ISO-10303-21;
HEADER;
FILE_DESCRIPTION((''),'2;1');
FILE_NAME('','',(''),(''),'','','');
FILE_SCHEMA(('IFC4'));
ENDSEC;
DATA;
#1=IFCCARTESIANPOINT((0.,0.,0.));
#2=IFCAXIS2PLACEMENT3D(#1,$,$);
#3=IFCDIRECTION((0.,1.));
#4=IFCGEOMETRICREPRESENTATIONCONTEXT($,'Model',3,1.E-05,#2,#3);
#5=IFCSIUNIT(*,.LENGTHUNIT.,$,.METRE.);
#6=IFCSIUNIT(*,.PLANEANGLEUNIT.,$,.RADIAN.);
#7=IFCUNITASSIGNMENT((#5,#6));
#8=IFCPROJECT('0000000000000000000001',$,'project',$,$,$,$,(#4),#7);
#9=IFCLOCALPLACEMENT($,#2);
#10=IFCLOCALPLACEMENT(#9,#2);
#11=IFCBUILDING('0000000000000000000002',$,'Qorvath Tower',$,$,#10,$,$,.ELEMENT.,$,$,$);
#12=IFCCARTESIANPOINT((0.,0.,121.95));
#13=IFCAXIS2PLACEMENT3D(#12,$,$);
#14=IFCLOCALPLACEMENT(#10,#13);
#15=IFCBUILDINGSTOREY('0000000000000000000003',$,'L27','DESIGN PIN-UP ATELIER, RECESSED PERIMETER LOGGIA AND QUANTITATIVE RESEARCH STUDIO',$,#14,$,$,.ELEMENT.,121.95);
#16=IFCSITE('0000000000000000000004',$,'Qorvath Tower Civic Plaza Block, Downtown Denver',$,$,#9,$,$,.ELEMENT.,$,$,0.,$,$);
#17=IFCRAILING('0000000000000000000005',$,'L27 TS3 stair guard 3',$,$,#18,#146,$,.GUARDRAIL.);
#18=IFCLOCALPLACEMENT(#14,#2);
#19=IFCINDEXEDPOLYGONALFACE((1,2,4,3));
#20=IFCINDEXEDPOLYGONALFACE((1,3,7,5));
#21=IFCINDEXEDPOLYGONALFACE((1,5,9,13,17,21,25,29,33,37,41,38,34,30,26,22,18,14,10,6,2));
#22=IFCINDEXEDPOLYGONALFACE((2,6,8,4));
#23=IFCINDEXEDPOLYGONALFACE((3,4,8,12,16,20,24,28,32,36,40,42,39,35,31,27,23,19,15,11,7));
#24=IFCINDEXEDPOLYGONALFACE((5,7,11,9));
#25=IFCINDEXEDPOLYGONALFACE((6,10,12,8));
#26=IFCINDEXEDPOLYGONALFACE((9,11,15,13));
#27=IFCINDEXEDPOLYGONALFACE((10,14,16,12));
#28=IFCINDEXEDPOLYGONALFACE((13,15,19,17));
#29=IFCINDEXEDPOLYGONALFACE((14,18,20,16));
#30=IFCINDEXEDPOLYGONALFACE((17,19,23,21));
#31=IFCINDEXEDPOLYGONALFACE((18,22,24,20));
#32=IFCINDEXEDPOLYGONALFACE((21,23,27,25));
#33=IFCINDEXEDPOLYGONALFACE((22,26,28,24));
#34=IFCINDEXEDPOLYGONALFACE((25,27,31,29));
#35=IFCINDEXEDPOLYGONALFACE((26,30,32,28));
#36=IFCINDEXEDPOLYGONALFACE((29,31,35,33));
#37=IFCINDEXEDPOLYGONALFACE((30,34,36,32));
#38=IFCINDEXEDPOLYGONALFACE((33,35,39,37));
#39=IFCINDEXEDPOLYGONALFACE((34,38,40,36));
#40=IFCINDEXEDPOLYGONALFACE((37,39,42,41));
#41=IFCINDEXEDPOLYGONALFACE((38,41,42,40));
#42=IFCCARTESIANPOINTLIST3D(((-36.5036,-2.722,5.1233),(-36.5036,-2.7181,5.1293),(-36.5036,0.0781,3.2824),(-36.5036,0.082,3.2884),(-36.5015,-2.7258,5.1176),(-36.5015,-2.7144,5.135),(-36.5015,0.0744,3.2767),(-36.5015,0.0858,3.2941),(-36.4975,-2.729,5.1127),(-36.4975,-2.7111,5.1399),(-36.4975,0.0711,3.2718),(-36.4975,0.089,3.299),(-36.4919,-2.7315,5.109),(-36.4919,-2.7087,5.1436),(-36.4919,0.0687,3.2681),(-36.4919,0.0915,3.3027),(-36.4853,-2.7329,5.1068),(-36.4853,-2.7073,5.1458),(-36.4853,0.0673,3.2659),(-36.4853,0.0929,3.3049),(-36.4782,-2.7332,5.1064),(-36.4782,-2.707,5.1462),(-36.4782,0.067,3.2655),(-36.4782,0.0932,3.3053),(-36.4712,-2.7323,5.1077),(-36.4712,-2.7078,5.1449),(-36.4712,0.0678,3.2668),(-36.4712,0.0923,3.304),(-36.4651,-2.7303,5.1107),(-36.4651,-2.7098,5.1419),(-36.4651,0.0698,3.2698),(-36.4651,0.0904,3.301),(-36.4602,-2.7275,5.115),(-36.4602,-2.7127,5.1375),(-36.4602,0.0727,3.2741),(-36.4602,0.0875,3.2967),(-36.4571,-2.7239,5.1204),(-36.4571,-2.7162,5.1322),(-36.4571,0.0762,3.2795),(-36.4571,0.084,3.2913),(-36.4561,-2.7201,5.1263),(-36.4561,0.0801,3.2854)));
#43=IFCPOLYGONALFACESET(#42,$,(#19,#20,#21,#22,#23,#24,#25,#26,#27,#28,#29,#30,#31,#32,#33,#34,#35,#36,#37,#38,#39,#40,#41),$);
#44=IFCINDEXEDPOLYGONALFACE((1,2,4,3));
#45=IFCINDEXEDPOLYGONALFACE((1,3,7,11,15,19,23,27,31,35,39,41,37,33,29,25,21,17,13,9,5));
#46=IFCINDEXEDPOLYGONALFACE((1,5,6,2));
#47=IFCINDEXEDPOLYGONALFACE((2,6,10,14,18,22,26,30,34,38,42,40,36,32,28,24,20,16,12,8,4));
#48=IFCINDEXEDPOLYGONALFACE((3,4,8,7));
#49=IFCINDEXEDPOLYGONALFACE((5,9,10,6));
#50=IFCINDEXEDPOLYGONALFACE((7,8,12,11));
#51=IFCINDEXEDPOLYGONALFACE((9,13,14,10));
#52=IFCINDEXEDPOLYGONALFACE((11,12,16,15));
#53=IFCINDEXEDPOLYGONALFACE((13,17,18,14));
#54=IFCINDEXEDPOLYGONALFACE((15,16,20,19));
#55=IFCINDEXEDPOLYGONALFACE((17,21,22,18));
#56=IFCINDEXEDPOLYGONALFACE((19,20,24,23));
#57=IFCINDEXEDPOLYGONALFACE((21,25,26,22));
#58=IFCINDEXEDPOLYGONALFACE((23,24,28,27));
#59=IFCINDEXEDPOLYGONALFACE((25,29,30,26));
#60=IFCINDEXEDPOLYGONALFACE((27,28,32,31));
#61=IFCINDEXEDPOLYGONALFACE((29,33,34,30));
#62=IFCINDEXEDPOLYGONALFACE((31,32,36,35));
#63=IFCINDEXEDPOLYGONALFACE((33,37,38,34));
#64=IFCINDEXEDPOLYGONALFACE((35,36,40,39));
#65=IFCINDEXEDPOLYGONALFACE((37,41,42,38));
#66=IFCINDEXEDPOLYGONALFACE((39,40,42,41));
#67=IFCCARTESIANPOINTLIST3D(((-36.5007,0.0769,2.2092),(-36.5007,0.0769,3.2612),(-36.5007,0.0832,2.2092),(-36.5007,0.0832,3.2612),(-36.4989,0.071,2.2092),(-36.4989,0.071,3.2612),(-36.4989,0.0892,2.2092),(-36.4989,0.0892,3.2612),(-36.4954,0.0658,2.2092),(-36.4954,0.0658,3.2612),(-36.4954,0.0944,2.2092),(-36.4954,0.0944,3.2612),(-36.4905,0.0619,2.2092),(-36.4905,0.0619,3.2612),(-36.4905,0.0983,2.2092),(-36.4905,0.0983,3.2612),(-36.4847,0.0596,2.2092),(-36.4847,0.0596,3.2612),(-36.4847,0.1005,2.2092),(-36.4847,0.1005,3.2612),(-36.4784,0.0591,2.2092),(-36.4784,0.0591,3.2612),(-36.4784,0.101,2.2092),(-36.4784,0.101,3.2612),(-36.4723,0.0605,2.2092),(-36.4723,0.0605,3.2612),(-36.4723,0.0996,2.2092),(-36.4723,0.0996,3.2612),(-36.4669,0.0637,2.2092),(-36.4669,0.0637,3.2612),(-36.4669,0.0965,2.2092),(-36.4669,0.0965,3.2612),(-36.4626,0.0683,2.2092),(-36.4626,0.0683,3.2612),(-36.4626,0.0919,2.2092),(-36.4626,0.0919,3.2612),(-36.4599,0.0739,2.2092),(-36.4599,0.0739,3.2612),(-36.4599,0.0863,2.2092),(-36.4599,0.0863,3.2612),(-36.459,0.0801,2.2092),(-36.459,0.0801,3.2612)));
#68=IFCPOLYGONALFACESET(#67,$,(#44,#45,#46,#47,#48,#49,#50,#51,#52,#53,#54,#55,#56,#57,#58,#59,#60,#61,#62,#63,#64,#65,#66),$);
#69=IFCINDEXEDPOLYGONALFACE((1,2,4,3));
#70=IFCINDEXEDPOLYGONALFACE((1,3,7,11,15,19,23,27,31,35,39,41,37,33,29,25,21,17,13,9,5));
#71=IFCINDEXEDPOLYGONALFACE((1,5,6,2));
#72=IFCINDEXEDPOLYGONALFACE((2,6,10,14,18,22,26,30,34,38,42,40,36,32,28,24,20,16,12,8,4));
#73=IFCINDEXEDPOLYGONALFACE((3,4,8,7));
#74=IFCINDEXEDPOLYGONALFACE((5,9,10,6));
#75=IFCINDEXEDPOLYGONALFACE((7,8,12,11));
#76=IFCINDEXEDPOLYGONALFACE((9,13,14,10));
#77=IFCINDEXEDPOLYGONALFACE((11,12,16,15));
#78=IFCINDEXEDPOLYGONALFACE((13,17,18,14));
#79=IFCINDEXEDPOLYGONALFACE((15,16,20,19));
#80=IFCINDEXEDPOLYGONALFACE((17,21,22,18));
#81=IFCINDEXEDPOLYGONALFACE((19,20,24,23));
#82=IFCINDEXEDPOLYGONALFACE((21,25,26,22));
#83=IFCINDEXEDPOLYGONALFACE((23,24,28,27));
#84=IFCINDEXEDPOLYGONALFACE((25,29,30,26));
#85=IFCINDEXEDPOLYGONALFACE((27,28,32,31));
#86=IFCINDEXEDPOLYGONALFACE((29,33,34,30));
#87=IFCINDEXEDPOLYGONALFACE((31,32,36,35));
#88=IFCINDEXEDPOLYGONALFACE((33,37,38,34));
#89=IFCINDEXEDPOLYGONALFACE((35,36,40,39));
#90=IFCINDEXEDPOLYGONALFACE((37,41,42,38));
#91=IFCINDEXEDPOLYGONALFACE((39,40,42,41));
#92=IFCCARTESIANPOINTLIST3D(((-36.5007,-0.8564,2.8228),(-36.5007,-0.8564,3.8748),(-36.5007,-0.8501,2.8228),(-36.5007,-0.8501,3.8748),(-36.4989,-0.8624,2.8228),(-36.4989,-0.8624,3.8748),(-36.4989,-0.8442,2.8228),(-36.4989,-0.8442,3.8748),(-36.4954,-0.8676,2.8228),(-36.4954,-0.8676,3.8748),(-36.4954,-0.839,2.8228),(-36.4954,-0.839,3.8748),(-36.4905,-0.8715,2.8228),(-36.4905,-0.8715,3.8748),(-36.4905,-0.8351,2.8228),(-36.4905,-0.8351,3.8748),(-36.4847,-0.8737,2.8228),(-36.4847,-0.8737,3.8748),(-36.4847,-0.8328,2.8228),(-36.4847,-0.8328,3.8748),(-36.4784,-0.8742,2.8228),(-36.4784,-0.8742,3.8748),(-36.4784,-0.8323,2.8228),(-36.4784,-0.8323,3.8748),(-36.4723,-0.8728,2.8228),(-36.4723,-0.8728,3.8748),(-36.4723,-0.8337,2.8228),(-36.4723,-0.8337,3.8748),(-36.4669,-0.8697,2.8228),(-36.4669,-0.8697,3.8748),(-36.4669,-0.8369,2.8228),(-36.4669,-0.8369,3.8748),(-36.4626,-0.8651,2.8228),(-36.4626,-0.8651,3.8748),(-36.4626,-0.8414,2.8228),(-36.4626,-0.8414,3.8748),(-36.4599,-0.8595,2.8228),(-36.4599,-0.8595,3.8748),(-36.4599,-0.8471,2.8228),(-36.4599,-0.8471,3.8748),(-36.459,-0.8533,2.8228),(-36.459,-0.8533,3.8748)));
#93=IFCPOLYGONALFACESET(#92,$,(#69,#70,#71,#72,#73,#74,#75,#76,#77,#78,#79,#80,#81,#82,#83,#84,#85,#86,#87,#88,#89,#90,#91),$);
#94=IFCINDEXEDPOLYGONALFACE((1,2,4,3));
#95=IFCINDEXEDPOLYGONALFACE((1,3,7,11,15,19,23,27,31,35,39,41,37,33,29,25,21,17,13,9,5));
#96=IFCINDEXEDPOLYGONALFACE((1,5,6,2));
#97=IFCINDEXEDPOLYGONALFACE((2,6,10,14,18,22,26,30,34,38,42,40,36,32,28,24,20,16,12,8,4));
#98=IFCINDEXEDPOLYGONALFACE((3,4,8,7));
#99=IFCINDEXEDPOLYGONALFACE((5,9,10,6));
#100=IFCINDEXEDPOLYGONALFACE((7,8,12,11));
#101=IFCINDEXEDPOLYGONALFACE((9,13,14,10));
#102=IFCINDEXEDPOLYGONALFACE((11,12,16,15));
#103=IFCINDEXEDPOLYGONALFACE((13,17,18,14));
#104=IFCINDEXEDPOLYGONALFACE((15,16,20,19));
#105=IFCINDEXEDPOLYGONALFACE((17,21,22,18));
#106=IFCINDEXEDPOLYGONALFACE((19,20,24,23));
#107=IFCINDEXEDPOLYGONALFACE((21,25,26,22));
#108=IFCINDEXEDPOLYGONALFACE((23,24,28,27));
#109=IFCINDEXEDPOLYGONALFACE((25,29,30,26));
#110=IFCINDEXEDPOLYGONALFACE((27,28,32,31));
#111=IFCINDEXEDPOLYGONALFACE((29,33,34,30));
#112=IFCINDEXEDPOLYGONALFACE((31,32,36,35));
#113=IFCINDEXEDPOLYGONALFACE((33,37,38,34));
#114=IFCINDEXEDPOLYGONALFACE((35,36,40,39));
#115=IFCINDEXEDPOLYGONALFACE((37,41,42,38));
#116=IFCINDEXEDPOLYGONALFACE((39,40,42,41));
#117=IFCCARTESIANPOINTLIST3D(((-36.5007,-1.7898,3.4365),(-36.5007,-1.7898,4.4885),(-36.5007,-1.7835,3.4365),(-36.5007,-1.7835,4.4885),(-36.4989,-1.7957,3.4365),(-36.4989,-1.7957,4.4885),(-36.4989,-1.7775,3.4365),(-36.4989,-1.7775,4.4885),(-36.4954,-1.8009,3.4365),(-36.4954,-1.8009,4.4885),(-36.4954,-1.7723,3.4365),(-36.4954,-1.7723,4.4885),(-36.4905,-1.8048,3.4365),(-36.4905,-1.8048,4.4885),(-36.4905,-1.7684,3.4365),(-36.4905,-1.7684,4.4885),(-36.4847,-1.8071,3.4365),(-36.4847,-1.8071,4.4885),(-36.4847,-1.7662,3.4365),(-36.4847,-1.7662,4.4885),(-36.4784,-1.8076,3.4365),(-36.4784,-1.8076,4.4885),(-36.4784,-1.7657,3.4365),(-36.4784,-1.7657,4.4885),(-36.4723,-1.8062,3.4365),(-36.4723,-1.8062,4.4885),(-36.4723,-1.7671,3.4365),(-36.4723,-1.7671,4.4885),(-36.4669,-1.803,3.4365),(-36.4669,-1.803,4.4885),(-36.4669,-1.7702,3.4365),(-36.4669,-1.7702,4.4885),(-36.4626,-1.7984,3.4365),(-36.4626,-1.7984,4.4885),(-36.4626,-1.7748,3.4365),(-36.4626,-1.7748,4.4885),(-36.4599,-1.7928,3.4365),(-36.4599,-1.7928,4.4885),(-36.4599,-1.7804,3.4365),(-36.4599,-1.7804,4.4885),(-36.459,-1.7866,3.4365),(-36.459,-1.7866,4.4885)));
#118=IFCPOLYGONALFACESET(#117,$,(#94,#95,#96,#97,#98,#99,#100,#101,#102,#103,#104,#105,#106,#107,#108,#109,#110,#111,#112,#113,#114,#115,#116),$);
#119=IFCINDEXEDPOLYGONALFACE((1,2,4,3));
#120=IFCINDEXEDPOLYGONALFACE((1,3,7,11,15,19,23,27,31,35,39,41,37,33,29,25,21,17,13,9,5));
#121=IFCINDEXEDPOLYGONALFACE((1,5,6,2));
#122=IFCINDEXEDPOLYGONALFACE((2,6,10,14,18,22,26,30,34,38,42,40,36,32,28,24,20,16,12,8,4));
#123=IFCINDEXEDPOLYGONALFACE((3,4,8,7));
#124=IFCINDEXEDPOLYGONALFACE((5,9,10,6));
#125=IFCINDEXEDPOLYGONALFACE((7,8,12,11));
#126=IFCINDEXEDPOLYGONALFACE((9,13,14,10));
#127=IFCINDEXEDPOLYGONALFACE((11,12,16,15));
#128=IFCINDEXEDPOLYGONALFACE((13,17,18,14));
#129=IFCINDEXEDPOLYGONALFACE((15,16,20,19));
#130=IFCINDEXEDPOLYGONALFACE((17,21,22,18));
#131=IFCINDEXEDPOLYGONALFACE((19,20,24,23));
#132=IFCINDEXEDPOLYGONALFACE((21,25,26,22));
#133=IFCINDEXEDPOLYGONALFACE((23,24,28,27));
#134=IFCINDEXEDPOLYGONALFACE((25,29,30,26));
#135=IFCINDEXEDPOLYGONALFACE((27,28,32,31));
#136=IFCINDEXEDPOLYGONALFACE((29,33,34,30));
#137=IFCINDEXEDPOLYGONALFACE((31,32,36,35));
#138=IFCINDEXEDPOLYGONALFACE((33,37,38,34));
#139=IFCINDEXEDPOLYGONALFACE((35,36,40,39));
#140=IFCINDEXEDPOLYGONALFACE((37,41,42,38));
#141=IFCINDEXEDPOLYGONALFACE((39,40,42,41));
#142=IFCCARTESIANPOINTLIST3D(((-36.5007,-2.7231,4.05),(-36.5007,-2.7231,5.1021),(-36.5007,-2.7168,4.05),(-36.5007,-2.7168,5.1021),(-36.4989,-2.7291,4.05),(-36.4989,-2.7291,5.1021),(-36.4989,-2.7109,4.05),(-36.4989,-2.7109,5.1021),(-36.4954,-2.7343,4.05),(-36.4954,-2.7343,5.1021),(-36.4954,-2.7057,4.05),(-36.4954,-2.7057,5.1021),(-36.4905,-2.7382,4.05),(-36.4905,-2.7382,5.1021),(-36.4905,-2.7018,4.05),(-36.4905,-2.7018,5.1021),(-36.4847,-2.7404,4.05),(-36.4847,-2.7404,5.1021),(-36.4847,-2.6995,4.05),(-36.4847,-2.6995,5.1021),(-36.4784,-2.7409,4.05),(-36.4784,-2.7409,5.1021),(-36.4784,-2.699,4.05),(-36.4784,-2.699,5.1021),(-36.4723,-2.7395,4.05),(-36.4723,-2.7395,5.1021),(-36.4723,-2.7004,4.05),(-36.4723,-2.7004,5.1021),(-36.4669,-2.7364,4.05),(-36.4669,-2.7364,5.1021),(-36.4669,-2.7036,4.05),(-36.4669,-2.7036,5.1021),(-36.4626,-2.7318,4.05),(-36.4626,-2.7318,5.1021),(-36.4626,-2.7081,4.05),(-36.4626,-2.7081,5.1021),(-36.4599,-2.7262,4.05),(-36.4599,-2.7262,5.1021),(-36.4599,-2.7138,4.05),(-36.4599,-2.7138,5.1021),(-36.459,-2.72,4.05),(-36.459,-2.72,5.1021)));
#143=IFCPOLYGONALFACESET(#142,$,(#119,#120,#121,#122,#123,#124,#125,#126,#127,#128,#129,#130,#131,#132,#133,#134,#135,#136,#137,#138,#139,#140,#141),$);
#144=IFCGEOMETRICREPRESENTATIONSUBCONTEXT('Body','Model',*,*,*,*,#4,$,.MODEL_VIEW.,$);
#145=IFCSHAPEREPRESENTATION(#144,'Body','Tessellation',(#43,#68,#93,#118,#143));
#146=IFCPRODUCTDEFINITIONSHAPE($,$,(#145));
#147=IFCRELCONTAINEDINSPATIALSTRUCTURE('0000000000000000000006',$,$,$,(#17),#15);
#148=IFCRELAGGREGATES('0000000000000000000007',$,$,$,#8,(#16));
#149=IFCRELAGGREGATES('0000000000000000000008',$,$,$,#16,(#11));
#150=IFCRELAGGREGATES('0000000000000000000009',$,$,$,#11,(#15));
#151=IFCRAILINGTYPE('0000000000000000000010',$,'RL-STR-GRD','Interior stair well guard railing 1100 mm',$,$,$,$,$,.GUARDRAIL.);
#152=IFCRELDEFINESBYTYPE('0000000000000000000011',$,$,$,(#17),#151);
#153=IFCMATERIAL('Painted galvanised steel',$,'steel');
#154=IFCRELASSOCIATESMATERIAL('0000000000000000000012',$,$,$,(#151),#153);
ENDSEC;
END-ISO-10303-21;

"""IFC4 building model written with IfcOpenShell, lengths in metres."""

from ifc_helpers import new_model, si_unit, direction, frame, origin, origin_2d, place, context, subcontext, project, spatial, circle, extrude, material, type_object, element, save


model = new_model("IFC4")

# Units and contexts
model_context = context("Model", 3, precision=1e-05, world=origin(), true_north=direction((0.0, 1.0)))
body_context = subcontext(model_context, "Body", "Model", "MODEL_VIEW")
ifc_project = project(units=[si_unit("LENGTHUNIT", "METRE"), si_unit("PLANEANGLEUNIT", "RADIAN")], contexts=[model_context])

# Site, building, storey
site_placement = place(None, origin())
site = spatial("IfcSite", under=ifc_project, at=site_placement, Name="Qorvath Tower Civic Plaza Block, Downtown Denver", CompositionType="ELEMENT", RefElevation=0.0)
building_placement = place(site_placement, origin())
building = spatial("IfcBuilding", under=site, at=building_placement, Name="Qorvath Tower", CompositionType="ELEMENT")
storey_placement = place(building_placement, frame((0.0, 0.0, 121.95)))
storey = spatial("IfcBuildingStorey", under=building, at=storey_placement, Name="L27", Description="DESIGN PIN-UP ATELIER, RECESSED PERIMETER LOGGIA AND QUANTITATIVE RESEARCH STUDIO", CompositionType="ELEMENT", Elevation=121.95)

# Railing
ifc_material_1 = material(Name="Painted galvanised steel", Category="steel")
railing_type_1 = type_object("IfcRailingType", Name="RL-STR-GRD", Description="Interior stair well guard railing 1100 mm", PredefinedType="GUARDRAIL", material=ifc_material_1)
railing_1_placement = place(storey_placement, frame((-36.48, 0.0801, 2.2092)))
element("IfcRailing", 1, at=railing_1_placement, inside=storey, type_object=railing_type_1, Name="L27 TS3 stair guard 3", PredefinedType="GUARDRAIL", context=body_context, shape_type="SweptSolid", body=[
    extrude(circle(Radius=0.0239, at=origin_2d()), frame((0.0, 0.0, 1.0762), z_axis=(0.0, -0.835598, 0.549342), x_axis=(1.0, 0.0, 0.0)), (0.0, 0.0, 1.0), 3.3511),
    extrude(circle(Radius=0.021, at=origin_2d()), origin(), (0.0, 0.0, 1.0), 1.052),
    extrude(circle(Radius=0.021, at=origin_2d()), frame((0.0, -0.9333, 0.6135)), (0.0, 0.0, 1.0), 1.052),
    extrude(circle(Radius=0.021, at=origin_2d()), frame((0.0, -1.8667, 1.2273)), (0.0, 0.0, 1.0), 1.052),
    extrude(circle(Radius=0.021, at=origin_2d()), frame((0.0, -2.8, 1.8408)), (0.0, 0.0, 1.0), 1.052),
])

save(model, "model.ifc")
